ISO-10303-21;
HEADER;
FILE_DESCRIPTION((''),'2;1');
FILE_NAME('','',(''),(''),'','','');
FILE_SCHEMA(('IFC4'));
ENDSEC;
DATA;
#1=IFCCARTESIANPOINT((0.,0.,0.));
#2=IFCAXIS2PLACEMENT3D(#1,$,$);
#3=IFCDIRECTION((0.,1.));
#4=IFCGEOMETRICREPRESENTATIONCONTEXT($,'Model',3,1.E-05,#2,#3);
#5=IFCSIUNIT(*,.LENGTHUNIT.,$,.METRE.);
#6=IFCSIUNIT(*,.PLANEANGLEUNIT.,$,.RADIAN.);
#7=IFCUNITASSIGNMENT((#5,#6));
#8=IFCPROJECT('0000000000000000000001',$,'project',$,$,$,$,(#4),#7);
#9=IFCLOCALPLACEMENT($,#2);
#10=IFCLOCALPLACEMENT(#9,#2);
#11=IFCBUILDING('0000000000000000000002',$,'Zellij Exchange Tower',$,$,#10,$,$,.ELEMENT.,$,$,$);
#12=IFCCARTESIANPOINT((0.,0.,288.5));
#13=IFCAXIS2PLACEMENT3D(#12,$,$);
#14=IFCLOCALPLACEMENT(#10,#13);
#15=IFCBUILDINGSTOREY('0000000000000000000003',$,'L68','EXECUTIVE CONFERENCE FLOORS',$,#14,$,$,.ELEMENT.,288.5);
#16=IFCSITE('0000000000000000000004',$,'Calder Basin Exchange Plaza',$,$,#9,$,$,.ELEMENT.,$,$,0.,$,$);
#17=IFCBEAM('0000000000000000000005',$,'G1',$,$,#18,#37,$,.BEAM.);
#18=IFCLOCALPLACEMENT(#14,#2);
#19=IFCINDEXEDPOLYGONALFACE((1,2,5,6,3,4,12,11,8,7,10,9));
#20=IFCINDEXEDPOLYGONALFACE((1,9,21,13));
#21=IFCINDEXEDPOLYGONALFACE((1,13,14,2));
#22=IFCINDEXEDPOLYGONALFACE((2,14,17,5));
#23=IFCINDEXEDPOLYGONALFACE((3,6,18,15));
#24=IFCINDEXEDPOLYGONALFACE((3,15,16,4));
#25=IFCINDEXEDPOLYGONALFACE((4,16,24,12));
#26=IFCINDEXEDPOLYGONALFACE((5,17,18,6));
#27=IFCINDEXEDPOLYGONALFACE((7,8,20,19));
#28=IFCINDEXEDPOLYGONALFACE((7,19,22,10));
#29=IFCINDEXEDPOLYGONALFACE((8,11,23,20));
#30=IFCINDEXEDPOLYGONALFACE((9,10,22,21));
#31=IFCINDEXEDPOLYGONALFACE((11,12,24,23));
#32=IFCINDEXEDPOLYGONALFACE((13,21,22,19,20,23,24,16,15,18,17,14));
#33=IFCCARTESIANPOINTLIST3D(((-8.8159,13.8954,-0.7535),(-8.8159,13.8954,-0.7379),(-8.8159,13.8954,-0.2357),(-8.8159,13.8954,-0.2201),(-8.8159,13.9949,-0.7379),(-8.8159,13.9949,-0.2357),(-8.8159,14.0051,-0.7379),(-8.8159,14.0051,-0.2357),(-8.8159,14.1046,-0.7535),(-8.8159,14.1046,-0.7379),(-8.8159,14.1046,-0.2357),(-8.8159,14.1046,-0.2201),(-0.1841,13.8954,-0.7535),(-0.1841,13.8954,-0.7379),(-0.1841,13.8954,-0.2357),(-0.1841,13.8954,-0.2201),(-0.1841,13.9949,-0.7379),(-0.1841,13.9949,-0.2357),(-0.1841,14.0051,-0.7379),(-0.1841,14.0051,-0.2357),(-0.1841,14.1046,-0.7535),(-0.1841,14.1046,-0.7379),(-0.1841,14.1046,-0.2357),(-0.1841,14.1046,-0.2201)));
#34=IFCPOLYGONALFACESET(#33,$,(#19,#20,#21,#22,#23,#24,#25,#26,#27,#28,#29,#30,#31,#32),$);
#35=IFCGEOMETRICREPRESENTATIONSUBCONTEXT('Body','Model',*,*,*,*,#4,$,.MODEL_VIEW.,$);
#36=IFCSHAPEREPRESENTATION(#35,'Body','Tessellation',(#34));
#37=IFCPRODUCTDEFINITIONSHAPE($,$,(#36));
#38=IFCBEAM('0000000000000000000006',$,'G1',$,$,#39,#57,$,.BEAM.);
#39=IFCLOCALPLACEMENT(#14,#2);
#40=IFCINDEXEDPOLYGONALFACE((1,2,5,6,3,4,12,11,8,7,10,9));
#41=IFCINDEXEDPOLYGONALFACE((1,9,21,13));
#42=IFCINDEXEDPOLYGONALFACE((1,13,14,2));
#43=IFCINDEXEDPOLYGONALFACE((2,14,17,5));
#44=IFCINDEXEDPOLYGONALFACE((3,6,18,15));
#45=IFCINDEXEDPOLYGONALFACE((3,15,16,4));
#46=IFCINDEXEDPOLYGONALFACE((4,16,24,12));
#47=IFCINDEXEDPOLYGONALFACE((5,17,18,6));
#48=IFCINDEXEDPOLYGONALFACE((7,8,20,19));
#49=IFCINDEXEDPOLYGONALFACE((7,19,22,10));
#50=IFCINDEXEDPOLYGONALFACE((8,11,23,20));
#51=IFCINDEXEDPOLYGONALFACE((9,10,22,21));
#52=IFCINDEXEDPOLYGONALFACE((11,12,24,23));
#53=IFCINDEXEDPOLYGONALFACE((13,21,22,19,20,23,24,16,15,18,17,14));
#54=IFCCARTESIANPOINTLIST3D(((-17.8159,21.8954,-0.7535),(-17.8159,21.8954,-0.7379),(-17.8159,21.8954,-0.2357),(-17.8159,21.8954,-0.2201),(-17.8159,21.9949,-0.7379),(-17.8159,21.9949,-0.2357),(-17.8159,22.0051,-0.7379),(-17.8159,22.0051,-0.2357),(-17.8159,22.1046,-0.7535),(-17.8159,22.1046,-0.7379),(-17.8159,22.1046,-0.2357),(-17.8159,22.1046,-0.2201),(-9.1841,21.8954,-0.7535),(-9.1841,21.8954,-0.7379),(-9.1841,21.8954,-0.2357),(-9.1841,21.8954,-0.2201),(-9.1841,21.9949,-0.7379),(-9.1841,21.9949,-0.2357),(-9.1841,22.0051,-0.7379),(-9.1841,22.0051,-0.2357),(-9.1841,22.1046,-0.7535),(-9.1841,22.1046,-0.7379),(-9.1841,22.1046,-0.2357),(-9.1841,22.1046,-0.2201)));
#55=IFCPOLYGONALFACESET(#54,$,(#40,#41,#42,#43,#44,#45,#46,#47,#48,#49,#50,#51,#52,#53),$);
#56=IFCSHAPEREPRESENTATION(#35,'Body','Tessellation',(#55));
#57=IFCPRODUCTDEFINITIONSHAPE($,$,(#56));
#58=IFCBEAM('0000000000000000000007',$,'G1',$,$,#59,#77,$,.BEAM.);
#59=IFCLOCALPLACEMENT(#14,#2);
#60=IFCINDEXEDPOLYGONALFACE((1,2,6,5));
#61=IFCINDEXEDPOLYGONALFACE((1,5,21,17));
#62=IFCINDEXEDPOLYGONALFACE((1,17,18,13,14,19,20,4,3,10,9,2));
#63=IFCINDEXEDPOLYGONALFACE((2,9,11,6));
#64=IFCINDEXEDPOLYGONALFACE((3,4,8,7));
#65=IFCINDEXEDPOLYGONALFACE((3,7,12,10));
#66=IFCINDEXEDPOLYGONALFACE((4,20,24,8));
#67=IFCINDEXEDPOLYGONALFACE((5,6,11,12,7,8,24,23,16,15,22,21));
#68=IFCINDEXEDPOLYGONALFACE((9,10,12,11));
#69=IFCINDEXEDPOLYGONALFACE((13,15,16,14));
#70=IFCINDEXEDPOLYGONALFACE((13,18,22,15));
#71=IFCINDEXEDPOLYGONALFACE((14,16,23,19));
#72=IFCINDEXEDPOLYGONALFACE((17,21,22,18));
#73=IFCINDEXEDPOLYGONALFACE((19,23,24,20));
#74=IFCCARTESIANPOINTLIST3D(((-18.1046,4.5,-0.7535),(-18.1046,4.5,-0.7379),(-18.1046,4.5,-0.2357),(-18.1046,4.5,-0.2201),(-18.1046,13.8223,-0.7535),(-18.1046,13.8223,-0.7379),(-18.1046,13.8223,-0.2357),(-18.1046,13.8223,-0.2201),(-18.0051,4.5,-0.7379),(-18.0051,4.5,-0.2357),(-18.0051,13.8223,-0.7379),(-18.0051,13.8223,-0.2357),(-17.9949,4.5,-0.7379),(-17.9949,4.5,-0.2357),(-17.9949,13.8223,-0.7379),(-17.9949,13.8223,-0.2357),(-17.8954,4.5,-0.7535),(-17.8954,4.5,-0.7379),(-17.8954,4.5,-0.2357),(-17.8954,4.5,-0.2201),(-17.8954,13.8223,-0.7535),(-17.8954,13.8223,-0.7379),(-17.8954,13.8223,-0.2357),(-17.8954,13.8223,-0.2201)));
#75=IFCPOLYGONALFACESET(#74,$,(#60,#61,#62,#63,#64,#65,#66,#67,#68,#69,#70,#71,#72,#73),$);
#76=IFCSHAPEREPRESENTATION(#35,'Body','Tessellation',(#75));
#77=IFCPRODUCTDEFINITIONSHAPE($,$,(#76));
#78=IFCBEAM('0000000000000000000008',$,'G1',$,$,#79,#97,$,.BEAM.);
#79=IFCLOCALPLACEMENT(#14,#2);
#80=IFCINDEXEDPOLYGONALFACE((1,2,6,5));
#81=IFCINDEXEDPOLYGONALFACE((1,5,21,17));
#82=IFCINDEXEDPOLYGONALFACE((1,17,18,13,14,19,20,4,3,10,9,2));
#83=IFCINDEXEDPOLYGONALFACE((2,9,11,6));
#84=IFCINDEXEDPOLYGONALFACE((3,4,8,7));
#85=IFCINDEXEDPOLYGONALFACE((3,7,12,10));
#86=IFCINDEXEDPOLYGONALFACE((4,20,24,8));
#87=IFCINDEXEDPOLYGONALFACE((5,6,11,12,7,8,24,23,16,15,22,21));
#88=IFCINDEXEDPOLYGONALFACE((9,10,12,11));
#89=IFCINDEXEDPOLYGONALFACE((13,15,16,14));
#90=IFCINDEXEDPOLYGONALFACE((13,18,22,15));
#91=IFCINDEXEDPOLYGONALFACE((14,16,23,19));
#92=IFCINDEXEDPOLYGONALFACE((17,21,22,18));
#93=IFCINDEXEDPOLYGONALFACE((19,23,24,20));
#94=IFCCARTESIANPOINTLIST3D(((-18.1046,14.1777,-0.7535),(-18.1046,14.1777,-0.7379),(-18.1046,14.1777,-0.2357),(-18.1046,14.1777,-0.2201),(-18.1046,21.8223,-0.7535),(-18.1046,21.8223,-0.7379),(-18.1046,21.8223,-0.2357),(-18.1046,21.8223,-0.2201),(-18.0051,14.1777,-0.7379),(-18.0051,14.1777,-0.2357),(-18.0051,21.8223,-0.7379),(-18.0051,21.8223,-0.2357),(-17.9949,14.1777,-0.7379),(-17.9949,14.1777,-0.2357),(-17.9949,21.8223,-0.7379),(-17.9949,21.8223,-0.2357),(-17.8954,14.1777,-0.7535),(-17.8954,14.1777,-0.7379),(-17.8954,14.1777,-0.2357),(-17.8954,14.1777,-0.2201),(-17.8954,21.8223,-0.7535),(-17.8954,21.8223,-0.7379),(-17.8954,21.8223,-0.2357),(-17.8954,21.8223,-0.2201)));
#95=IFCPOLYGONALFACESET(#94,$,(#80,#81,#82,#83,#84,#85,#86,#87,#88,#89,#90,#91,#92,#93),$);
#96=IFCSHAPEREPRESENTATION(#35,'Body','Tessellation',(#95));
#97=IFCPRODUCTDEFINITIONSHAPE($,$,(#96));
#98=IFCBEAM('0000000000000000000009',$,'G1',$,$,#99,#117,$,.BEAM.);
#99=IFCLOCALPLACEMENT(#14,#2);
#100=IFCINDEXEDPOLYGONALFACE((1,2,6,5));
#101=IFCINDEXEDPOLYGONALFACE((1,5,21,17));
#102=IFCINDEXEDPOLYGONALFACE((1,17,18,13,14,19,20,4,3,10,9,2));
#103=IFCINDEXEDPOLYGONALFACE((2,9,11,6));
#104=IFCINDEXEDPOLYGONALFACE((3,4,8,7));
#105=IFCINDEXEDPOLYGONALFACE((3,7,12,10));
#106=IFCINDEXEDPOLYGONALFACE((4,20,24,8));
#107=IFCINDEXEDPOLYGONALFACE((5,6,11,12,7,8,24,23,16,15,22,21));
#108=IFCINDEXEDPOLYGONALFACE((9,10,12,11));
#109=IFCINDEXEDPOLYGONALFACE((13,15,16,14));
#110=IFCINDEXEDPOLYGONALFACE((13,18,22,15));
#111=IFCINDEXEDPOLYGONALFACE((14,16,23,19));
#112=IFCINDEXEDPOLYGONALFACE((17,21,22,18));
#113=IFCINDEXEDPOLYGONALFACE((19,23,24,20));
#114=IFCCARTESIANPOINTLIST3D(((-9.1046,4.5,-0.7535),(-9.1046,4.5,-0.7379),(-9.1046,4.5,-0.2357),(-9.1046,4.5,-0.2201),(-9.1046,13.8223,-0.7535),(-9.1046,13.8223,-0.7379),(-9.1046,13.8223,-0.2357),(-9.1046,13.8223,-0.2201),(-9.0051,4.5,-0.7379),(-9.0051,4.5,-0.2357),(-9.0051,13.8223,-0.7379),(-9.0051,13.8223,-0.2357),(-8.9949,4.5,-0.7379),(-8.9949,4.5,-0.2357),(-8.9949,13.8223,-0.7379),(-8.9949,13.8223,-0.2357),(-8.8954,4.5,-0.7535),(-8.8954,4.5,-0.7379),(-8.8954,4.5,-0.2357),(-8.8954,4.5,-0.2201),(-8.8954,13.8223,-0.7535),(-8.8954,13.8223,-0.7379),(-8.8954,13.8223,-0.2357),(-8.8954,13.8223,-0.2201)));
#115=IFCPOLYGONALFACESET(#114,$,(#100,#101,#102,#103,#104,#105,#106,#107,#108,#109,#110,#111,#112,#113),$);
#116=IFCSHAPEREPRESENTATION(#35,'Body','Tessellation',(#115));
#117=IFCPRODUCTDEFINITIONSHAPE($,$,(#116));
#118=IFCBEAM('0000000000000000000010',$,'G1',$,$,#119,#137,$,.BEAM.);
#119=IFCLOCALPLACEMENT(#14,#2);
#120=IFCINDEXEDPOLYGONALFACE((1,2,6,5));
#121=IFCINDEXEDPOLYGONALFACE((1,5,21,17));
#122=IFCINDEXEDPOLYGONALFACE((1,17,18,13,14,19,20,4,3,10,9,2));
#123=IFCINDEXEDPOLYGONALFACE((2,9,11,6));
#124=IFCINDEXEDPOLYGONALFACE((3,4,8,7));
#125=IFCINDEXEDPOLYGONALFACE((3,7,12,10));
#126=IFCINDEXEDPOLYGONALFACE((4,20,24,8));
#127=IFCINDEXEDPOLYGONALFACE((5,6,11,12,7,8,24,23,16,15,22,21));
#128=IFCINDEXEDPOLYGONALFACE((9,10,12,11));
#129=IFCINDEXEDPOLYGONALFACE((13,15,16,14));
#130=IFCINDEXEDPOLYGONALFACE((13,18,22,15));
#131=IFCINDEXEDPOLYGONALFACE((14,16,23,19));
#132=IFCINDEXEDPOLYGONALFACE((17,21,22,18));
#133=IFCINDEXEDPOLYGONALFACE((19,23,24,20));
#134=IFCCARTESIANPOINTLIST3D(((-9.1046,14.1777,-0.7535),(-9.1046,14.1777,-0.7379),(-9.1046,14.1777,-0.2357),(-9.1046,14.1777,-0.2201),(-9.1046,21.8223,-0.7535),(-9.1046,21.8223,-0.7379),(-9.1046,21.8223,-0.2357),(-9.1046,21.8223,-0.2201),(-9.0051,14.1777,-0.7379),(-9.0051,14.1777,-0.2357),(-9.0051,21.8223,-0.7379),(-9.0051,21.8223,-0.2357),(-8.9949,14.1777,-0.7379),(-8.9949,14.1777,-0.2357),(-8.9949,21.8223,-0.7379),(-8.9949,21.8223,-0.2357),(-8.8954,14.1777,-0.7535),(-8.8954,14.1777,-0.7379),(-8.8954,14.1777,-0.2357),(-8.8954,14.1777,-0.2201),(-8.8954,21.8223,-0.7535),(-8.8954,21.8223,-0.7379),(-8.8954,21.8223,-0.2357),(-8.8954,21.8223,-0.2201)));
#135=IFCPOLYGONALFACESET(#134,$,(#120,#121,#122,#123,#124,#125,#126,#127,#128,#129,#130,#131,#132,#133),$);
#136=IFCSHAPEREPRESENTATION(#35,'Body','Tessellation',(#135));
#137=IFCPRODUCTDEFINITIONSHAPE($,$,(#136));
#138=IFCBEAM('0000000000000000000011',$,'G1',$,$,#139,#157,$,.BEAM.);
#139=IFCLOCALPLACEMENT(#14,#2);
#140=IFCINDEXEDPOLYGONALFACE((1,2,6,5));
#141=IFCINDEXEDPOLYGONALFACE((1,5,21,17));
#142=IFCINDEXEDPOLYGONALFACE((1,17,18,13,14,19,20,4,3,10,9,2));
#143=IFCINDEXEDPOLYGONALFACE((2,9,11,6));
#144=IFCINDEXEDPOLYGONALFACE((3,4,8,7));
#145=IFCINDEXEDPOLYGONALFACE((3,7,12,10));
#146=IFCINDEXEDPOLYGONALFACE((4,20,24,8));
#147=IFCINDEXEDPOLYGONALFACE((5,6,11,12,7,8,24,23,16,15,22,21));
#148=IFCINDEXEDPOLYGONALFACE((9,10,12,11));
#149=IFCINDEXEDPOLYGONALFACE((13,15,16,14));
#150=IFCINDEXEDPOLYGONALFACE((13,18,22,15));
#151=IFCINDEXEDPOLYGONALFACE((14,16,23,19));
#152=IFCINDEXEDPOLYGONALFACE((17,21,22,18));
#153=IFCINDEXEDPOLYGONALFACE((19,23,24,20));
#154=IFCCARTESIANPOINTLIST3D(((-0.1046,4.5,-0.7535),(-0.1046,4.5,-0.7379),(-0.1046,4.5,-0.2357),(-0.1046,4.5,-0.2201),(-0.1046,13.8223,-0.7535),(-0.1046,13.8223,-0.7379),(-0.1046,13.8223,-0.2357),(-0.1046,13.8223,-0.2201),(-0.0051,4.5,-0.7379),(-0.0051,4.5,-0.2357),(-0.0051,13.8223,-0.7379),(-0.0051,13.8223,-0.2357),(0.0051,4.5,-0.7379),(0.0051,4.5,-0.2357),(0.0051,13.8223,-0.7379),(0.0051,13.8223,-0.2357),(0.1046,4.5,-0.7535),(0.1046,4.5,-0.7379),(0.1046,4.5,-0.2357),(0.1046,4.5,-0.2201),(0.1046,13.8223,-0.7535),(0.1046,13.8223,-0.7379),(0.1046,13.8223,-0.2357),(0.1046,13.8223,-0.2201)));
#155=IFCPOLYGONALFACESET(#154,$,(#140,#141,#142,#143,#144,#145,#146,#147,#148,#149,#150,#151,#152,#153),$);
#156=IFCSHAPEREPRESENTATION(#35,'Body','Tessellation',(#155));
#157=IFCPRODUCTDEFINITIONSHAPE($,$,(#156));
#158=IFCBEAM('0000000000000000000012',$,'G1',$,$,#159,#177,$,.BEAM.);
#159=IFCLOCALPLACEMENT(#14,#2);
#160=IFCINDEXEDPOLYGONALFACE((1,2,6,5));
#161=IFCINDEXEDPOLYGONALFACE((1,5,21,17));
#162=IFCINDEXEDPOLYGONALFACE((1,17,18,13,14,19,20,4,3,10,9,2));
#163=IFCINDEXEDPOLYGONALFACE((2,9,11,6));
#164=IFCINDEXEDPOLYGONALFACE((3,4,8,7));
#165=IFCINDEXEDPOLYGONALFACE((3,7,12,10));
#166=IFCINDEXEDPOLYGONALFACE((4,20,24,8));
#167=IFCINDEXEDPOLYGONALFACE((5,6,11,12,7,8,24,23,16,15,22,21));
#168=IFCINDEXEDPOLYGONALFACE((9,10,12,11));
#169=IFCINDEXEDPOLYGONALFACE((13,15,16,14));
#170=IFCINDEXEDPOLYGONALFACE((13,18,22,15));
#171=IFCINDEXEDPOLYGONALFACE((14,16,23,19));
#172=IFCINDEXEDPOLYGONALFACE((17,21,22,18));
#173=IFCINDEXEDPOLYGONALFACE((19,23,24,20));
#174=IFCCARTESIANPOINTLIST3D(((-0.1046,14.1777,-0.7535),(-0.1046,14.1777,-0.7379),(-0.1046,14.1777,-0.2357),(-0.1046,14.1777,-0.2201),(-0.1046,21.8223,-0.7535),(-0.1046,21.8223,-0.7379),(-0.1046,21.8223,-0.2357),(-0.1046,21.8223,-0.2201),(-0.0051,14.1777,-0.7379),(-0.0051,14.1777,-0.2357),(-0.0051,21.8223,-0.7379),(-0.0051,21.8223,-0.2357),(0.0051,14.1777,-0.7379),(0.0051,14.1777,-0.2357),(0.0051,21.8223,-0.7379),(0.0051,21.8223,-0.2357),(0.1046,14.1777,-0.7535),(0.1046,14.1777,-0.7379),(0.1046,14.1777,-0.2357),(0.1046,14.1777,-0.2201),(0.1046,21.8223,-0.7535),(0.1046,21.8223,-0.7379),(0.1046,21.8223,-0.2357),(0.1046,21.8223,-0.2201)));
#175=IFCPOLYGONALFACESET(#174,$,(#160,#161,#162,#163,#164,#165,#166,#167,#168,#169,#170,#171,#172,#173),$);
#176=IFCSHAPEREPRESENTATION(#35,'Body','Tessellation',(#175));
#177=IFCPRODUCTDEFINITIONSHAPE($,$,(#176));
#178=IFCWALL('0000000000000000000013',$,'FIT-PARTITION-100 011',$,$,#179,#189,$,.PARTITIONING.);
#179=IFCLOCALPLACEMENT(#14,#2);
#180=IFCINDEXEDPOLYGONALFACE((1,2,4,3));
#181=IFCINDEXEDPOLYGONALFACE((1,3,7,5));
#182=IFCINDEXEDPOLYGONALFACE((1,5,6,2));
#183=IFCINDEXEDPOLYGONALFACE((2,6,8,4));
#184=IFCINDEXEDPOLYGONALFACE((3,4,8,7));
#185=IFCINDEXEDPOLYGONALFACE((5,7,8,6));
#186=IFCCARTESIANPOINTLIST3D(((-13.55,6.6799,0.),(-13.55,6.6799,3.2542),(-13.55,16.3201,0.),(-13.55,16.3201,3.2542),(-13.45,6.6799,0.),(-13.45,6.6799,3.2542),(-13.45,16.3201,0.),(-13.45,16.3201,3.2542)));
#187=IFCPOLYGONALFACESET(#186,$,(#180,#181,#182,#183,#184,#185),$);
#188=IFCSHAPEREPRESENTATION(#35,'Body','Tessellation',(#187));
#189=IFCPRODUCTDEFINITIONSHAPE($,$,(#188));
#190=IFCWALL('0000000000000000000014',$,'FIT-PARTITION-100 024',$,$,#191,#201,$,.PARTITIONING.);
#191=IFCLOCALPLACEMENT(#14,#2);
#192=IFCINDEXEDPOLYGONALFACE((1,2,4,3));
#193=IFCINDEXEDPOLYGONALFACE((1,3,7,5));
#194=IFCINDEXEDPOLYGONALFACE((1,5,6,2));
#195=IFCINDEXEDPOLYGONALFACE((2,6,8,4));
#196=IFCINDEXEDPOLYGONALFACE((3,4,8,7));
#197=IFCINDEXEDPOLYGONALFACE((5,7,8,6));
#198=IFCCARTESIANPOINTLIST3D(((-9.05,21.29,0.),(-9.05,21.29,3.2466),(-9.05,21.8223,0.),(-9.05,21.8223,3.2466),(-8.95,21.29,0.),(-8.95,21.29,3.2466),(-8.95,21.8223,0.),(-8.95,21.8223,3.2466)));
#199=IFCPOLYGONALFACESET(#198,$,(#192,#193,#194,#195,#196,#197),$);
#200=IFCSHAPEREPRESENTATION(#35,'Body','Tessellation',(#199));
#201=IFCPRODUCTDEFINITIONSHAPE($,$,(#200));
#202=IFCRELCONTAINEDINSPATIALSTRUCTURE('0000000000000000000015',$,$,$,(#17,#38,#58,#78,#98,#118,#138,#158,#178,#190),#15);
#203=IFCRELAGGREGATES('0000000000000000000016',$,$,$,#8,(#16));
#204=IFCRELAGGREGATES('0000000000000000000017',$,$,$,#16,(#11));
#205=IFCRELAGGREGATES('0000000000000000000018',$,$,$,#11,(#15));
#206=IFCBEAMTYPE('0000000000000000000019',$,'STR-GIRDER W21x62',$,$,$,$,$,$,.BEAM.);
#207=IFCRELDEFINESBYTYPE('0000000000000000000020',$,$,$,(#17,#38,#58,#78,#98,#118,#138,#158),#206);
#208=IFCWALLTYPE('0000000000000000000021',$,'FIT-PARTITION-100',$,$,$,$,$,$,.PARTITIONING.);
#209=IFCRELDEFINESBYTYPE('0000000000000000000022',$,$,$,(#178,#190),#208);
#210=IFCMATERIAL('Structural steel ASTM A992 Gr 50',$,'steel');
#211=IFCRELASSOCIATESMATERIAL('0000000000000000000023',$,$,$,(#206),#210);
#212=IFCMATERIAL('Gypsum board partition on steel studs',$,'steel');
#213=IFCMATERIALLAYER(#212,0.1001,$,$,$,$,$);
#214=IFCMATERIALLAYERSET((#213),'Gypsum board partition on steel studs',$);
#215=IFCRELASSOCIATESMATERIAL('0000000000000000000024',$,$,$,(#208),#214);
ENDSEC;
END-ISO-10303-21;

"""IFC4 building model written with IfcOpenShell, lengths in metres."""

from ifc_helpers import new_model, si_unit, direction, frame, frame_2d, origin, origin_2d, place, context, subcontext, project, spatial, rectangle, i_section, extrude, material, layer, layer_set, material_profile, profile_set, type_object, element, save


model = new_model("IFC4")

# Units and contexts
model_context = context("Model", 3, precision=1e-05, world=origin(), true_north=direction((0.0, 1.0)))
body_context = subcontext(model_context, "Body", "Model", "MODEL_VIEW")
ifc_project = project(units=[si_unit("LENGTHUNIT", "METRE"), si_unit("PLANEANGLEUNIT", "RADIAN")], contexts=[model_context])

# Site, building, storey
site_placement = place(None, origin())
site = spatial("IfcSite", under=ifc_project, at=site_placement, Name="Calder Basin Exchange Plaza", CompositionType="ELEMENT", RefElevation=0.0)
building_placement = place(site_placement, origin())
building = spatial("IfcBuilding", under=site, at=building_placement, Name="Zellij Exchange Tower", CompositionType="ELEMENT")
storey_placement = place(building_placement, frame((0.0, 0.0, 288.5)))
storey = spatial("IfcBuildingStorey", under=building, at=storey_placement, Name="L68", Description="EXECUTIVE CONFERENCE FLOORS", CompositionType="ELEMENT", Elevation=288.5)

# Shared definitions
ifc_material_1 = material(Name="Structural steel ASTM A992 Gr 50", Category="steel")

# Beams
ifc_material_profile_1 = material_profile(ifc_material_1, i_section(OverallWidth=0.2092, OverallDepth=0.5334, WebThickness=0.0103, FlangeThickness=0.0156, at=origin_2d()), Name="W21x62")
ifc_profile_set_1 = profile_set([ifc_material_profile_1], Name="Structural steel ASTM A992 Gr 50")
beam_type = type_object("IfcBeamType", Name="STR-GIRDER W21x62", PredefinedType="BEAM", material=ifc_profile_set_1)
for number, where, z_axis, x_axis, name in (
    (1, (-8.8159, 14.0, -0.4868), (1.0, 0.0, 0.0), (0.0, 1.0, 0.0), "G1"),
    (2, (-17.8159, 22.0, -0.4868), (1.0, 0.0, 0.0), (0.0, 1.0, 0.0), "G1"),
):
    element("IfcBeam", number, at=place(storey_placement, frame(where, z_axis=z_axis, x_axis=x_axis)), inside=storey, type_object=beam_type, Name=name, PredefinedType="BEAM", context=body_context, shape_type="SweptSolid", body=[
        extrude(i_section(OverallWidth=0.2092, OverallDepth=0.5334, WebThickness=0.0103, FlangeThickness=0.0156, at=origin_2d()), origin(), (0.0, 0.0, 1.0), 8.6318),
    ])
beam_1_placement = place(storey_placement, frame((-18.0, 4.5, -0.4868), z_axis=(0.0, 1.0, 0.0), x_axis=(-1.0, 0.0, 0.0)))
element("IfcBeam", 3, at=beam_1_placement, inside=storey, type_object=beam_type, Name="G1", PredefinedType="BEAM", context=body_context, shape_type="SweptSolid", body=[
    extrude(i_section(OverallWidth=0.2092, OverallDepth=0.5334, WebThickness=0.0103, FlangeThickness=0.0156, at=origin_2d()), origin(), (0.0, 0.0, 1.0), 9.3223),
])
beam_2_placement = place(storey_placement, frame((-18.0, 14.1777, -0.4868), z_axis=(0.0, 1.0, 0.0), x_axis=(-1.0, 0.0, 0.0)))
element("IfcBeam", 4, at=beam_2_placement, inside=storey, type_object=beam_type, Name="G1", PredefinedType="BEAM", context=body_context, shape_type="SweptSolid", body=[
    extrude(i_section(OverallWidth=0.2092, OverallDepth=0.5334, WebThickness=0.0103, FlangeThickness=0.0156, at=origin_2d()), origin(), (0.0, 0.0, 1.0), 7.6445),
])
beam_3_placement = place(storey_placement, frame((-9.0, 4.5, -0.4868), z_axis=(0.0, 1.0, 0.0), x_axis=(-1.0, 0.0, 0.0)))
element("IfcBeam", 5, at=beam_3_placement, inside=storey, type_object=beam_type, Name="G1", PredefinedType="BEAM", context=body_context, shape_type="SweptSolid", body=[
    extrude(i_section(OverallWidth=0.2092, OverallDepth=0.5334, WebThickness=0.0103, FlangeThickness=0.0156, at=origin_2d()), origin(), (0.0, 0.0, 1.0), 9.3223),
])
beam_4_placement = place(storey_placement, frame((-9.0, 14.1777, -0.4868), z_axis=(0.0, 1.0, 0.0), x_axis=(-1.0, 0.0, 0.0)))
element("IfcBeam", 6, at=beam_4_placement, inside=storey, type_object=beam_type, Name="G1", PredefinedType="BEAM", context=body_context, shape_type="SweptSolid", body=[
    extrude(i_section(OverallWidth=0.2092, OverallDepth=0.5334, WebThickness=0.0103, FlangeThickness=0.0156, at=origin_2d()), origin(), (0.0, 0.0, 1.0), 7.6445),
])
beam_5_placement = place(storey_placement, frame((0.0, 4.5, -0.4868), z_axis=(0.0, 1.0, 0.0), x_axis=(-1.0, 0.0, 0.0)))
element("IfcBeam", 7, at=beam_5_placement, inside=storey, type_object=beam_type, Name="G1", PredefinedType="BEAM", context=body_context, shape_type="SweptSolid", body=[
    extrude(i_section(OverallWidth=0.2092, OverallDepth=0.5334, WebThickness=0.0103, FlangeThickness=0.0156, at=origin_2d()), origin(), (0.0, 0.0, 1.0), 9.3223),
])
beam_6_placement = place(storey_placement, frame((0.0, 14.1777, -0.4868), z_axis=(0.0, 1.0, 0.0), x_axis=(-1.0, 0.0, 0.0)))
element("IfcBeam", 8, at=beam_6_placement, inside=storey, type_object=beam_type, Name="G1", PredefinedType="BEAM", context=body_context, shape_type="SweptSolid", body=[
    extrude(i_section(OverallWidth=0.2092, OverallDepth=0.5334, WebThickness=0.0103, FlangeThickness=0.0156, at=origin_2d()), origin(), (0.0, 0.0, 1.0), 7.6445),
])

# Walls
ifc_material_2 = material(Name="Gypsum board partition on steel studs", Category="steel")
ifc_layer = layer(ifc_material_2, 0.1001)
ifc_layer_set = layer_set([ifc_layer], Name="Gypsum board partition on steel studs")
wall_type = type_object("IfcWallType", Name="FIT-PARTITION-100", PredefinedType="PARTITIONING", material=ifc_layer_set)
wall_1_placement = place(storey_placement, frame((-13.5, 6.6799, 0.0), z_axis=(0.0, 0.0, 1.0), x_axis=(0.0, 1.0, 0.0)))
element("IfcWall", 9, at=wall_1_placement, inside=storey, type_object=wall_type, Name="FIT-PARTITION-100 011", PredefinedType="PARTITIONING", context=body_context, shape_type="SweptSolid", body=[
    extrude(rectangle(XDim=9.6401, YDim=0.1001, at=frame_2d((4.8201, 0.0))), origin(), (0.0, 0.0, 1.0), 3.2542),
])
wall_2_placement = place(storey_placement, frame((-9.0, 21.29, 0.0), z_axis=(0.0, 0.0, 1.0), x_axis=(0.0, 1.0, 0.0)))
element("IfcWall", 10, at=wall_2_placement, inside=storey, type_object=wall_type, Name="FIT-PARTITION-100 024", PredefinedType="PARTITIONING", context=body_context, shape_type="SweptSolid", body=[
    extrude(rectangle(XDim=0.5322, YDim=0.1001, at=frame_2d((0.2661, 0.0))), origin(), (0.0, 0.0, 1.0), 3.2466),
])

save(model, "model.ifc")
